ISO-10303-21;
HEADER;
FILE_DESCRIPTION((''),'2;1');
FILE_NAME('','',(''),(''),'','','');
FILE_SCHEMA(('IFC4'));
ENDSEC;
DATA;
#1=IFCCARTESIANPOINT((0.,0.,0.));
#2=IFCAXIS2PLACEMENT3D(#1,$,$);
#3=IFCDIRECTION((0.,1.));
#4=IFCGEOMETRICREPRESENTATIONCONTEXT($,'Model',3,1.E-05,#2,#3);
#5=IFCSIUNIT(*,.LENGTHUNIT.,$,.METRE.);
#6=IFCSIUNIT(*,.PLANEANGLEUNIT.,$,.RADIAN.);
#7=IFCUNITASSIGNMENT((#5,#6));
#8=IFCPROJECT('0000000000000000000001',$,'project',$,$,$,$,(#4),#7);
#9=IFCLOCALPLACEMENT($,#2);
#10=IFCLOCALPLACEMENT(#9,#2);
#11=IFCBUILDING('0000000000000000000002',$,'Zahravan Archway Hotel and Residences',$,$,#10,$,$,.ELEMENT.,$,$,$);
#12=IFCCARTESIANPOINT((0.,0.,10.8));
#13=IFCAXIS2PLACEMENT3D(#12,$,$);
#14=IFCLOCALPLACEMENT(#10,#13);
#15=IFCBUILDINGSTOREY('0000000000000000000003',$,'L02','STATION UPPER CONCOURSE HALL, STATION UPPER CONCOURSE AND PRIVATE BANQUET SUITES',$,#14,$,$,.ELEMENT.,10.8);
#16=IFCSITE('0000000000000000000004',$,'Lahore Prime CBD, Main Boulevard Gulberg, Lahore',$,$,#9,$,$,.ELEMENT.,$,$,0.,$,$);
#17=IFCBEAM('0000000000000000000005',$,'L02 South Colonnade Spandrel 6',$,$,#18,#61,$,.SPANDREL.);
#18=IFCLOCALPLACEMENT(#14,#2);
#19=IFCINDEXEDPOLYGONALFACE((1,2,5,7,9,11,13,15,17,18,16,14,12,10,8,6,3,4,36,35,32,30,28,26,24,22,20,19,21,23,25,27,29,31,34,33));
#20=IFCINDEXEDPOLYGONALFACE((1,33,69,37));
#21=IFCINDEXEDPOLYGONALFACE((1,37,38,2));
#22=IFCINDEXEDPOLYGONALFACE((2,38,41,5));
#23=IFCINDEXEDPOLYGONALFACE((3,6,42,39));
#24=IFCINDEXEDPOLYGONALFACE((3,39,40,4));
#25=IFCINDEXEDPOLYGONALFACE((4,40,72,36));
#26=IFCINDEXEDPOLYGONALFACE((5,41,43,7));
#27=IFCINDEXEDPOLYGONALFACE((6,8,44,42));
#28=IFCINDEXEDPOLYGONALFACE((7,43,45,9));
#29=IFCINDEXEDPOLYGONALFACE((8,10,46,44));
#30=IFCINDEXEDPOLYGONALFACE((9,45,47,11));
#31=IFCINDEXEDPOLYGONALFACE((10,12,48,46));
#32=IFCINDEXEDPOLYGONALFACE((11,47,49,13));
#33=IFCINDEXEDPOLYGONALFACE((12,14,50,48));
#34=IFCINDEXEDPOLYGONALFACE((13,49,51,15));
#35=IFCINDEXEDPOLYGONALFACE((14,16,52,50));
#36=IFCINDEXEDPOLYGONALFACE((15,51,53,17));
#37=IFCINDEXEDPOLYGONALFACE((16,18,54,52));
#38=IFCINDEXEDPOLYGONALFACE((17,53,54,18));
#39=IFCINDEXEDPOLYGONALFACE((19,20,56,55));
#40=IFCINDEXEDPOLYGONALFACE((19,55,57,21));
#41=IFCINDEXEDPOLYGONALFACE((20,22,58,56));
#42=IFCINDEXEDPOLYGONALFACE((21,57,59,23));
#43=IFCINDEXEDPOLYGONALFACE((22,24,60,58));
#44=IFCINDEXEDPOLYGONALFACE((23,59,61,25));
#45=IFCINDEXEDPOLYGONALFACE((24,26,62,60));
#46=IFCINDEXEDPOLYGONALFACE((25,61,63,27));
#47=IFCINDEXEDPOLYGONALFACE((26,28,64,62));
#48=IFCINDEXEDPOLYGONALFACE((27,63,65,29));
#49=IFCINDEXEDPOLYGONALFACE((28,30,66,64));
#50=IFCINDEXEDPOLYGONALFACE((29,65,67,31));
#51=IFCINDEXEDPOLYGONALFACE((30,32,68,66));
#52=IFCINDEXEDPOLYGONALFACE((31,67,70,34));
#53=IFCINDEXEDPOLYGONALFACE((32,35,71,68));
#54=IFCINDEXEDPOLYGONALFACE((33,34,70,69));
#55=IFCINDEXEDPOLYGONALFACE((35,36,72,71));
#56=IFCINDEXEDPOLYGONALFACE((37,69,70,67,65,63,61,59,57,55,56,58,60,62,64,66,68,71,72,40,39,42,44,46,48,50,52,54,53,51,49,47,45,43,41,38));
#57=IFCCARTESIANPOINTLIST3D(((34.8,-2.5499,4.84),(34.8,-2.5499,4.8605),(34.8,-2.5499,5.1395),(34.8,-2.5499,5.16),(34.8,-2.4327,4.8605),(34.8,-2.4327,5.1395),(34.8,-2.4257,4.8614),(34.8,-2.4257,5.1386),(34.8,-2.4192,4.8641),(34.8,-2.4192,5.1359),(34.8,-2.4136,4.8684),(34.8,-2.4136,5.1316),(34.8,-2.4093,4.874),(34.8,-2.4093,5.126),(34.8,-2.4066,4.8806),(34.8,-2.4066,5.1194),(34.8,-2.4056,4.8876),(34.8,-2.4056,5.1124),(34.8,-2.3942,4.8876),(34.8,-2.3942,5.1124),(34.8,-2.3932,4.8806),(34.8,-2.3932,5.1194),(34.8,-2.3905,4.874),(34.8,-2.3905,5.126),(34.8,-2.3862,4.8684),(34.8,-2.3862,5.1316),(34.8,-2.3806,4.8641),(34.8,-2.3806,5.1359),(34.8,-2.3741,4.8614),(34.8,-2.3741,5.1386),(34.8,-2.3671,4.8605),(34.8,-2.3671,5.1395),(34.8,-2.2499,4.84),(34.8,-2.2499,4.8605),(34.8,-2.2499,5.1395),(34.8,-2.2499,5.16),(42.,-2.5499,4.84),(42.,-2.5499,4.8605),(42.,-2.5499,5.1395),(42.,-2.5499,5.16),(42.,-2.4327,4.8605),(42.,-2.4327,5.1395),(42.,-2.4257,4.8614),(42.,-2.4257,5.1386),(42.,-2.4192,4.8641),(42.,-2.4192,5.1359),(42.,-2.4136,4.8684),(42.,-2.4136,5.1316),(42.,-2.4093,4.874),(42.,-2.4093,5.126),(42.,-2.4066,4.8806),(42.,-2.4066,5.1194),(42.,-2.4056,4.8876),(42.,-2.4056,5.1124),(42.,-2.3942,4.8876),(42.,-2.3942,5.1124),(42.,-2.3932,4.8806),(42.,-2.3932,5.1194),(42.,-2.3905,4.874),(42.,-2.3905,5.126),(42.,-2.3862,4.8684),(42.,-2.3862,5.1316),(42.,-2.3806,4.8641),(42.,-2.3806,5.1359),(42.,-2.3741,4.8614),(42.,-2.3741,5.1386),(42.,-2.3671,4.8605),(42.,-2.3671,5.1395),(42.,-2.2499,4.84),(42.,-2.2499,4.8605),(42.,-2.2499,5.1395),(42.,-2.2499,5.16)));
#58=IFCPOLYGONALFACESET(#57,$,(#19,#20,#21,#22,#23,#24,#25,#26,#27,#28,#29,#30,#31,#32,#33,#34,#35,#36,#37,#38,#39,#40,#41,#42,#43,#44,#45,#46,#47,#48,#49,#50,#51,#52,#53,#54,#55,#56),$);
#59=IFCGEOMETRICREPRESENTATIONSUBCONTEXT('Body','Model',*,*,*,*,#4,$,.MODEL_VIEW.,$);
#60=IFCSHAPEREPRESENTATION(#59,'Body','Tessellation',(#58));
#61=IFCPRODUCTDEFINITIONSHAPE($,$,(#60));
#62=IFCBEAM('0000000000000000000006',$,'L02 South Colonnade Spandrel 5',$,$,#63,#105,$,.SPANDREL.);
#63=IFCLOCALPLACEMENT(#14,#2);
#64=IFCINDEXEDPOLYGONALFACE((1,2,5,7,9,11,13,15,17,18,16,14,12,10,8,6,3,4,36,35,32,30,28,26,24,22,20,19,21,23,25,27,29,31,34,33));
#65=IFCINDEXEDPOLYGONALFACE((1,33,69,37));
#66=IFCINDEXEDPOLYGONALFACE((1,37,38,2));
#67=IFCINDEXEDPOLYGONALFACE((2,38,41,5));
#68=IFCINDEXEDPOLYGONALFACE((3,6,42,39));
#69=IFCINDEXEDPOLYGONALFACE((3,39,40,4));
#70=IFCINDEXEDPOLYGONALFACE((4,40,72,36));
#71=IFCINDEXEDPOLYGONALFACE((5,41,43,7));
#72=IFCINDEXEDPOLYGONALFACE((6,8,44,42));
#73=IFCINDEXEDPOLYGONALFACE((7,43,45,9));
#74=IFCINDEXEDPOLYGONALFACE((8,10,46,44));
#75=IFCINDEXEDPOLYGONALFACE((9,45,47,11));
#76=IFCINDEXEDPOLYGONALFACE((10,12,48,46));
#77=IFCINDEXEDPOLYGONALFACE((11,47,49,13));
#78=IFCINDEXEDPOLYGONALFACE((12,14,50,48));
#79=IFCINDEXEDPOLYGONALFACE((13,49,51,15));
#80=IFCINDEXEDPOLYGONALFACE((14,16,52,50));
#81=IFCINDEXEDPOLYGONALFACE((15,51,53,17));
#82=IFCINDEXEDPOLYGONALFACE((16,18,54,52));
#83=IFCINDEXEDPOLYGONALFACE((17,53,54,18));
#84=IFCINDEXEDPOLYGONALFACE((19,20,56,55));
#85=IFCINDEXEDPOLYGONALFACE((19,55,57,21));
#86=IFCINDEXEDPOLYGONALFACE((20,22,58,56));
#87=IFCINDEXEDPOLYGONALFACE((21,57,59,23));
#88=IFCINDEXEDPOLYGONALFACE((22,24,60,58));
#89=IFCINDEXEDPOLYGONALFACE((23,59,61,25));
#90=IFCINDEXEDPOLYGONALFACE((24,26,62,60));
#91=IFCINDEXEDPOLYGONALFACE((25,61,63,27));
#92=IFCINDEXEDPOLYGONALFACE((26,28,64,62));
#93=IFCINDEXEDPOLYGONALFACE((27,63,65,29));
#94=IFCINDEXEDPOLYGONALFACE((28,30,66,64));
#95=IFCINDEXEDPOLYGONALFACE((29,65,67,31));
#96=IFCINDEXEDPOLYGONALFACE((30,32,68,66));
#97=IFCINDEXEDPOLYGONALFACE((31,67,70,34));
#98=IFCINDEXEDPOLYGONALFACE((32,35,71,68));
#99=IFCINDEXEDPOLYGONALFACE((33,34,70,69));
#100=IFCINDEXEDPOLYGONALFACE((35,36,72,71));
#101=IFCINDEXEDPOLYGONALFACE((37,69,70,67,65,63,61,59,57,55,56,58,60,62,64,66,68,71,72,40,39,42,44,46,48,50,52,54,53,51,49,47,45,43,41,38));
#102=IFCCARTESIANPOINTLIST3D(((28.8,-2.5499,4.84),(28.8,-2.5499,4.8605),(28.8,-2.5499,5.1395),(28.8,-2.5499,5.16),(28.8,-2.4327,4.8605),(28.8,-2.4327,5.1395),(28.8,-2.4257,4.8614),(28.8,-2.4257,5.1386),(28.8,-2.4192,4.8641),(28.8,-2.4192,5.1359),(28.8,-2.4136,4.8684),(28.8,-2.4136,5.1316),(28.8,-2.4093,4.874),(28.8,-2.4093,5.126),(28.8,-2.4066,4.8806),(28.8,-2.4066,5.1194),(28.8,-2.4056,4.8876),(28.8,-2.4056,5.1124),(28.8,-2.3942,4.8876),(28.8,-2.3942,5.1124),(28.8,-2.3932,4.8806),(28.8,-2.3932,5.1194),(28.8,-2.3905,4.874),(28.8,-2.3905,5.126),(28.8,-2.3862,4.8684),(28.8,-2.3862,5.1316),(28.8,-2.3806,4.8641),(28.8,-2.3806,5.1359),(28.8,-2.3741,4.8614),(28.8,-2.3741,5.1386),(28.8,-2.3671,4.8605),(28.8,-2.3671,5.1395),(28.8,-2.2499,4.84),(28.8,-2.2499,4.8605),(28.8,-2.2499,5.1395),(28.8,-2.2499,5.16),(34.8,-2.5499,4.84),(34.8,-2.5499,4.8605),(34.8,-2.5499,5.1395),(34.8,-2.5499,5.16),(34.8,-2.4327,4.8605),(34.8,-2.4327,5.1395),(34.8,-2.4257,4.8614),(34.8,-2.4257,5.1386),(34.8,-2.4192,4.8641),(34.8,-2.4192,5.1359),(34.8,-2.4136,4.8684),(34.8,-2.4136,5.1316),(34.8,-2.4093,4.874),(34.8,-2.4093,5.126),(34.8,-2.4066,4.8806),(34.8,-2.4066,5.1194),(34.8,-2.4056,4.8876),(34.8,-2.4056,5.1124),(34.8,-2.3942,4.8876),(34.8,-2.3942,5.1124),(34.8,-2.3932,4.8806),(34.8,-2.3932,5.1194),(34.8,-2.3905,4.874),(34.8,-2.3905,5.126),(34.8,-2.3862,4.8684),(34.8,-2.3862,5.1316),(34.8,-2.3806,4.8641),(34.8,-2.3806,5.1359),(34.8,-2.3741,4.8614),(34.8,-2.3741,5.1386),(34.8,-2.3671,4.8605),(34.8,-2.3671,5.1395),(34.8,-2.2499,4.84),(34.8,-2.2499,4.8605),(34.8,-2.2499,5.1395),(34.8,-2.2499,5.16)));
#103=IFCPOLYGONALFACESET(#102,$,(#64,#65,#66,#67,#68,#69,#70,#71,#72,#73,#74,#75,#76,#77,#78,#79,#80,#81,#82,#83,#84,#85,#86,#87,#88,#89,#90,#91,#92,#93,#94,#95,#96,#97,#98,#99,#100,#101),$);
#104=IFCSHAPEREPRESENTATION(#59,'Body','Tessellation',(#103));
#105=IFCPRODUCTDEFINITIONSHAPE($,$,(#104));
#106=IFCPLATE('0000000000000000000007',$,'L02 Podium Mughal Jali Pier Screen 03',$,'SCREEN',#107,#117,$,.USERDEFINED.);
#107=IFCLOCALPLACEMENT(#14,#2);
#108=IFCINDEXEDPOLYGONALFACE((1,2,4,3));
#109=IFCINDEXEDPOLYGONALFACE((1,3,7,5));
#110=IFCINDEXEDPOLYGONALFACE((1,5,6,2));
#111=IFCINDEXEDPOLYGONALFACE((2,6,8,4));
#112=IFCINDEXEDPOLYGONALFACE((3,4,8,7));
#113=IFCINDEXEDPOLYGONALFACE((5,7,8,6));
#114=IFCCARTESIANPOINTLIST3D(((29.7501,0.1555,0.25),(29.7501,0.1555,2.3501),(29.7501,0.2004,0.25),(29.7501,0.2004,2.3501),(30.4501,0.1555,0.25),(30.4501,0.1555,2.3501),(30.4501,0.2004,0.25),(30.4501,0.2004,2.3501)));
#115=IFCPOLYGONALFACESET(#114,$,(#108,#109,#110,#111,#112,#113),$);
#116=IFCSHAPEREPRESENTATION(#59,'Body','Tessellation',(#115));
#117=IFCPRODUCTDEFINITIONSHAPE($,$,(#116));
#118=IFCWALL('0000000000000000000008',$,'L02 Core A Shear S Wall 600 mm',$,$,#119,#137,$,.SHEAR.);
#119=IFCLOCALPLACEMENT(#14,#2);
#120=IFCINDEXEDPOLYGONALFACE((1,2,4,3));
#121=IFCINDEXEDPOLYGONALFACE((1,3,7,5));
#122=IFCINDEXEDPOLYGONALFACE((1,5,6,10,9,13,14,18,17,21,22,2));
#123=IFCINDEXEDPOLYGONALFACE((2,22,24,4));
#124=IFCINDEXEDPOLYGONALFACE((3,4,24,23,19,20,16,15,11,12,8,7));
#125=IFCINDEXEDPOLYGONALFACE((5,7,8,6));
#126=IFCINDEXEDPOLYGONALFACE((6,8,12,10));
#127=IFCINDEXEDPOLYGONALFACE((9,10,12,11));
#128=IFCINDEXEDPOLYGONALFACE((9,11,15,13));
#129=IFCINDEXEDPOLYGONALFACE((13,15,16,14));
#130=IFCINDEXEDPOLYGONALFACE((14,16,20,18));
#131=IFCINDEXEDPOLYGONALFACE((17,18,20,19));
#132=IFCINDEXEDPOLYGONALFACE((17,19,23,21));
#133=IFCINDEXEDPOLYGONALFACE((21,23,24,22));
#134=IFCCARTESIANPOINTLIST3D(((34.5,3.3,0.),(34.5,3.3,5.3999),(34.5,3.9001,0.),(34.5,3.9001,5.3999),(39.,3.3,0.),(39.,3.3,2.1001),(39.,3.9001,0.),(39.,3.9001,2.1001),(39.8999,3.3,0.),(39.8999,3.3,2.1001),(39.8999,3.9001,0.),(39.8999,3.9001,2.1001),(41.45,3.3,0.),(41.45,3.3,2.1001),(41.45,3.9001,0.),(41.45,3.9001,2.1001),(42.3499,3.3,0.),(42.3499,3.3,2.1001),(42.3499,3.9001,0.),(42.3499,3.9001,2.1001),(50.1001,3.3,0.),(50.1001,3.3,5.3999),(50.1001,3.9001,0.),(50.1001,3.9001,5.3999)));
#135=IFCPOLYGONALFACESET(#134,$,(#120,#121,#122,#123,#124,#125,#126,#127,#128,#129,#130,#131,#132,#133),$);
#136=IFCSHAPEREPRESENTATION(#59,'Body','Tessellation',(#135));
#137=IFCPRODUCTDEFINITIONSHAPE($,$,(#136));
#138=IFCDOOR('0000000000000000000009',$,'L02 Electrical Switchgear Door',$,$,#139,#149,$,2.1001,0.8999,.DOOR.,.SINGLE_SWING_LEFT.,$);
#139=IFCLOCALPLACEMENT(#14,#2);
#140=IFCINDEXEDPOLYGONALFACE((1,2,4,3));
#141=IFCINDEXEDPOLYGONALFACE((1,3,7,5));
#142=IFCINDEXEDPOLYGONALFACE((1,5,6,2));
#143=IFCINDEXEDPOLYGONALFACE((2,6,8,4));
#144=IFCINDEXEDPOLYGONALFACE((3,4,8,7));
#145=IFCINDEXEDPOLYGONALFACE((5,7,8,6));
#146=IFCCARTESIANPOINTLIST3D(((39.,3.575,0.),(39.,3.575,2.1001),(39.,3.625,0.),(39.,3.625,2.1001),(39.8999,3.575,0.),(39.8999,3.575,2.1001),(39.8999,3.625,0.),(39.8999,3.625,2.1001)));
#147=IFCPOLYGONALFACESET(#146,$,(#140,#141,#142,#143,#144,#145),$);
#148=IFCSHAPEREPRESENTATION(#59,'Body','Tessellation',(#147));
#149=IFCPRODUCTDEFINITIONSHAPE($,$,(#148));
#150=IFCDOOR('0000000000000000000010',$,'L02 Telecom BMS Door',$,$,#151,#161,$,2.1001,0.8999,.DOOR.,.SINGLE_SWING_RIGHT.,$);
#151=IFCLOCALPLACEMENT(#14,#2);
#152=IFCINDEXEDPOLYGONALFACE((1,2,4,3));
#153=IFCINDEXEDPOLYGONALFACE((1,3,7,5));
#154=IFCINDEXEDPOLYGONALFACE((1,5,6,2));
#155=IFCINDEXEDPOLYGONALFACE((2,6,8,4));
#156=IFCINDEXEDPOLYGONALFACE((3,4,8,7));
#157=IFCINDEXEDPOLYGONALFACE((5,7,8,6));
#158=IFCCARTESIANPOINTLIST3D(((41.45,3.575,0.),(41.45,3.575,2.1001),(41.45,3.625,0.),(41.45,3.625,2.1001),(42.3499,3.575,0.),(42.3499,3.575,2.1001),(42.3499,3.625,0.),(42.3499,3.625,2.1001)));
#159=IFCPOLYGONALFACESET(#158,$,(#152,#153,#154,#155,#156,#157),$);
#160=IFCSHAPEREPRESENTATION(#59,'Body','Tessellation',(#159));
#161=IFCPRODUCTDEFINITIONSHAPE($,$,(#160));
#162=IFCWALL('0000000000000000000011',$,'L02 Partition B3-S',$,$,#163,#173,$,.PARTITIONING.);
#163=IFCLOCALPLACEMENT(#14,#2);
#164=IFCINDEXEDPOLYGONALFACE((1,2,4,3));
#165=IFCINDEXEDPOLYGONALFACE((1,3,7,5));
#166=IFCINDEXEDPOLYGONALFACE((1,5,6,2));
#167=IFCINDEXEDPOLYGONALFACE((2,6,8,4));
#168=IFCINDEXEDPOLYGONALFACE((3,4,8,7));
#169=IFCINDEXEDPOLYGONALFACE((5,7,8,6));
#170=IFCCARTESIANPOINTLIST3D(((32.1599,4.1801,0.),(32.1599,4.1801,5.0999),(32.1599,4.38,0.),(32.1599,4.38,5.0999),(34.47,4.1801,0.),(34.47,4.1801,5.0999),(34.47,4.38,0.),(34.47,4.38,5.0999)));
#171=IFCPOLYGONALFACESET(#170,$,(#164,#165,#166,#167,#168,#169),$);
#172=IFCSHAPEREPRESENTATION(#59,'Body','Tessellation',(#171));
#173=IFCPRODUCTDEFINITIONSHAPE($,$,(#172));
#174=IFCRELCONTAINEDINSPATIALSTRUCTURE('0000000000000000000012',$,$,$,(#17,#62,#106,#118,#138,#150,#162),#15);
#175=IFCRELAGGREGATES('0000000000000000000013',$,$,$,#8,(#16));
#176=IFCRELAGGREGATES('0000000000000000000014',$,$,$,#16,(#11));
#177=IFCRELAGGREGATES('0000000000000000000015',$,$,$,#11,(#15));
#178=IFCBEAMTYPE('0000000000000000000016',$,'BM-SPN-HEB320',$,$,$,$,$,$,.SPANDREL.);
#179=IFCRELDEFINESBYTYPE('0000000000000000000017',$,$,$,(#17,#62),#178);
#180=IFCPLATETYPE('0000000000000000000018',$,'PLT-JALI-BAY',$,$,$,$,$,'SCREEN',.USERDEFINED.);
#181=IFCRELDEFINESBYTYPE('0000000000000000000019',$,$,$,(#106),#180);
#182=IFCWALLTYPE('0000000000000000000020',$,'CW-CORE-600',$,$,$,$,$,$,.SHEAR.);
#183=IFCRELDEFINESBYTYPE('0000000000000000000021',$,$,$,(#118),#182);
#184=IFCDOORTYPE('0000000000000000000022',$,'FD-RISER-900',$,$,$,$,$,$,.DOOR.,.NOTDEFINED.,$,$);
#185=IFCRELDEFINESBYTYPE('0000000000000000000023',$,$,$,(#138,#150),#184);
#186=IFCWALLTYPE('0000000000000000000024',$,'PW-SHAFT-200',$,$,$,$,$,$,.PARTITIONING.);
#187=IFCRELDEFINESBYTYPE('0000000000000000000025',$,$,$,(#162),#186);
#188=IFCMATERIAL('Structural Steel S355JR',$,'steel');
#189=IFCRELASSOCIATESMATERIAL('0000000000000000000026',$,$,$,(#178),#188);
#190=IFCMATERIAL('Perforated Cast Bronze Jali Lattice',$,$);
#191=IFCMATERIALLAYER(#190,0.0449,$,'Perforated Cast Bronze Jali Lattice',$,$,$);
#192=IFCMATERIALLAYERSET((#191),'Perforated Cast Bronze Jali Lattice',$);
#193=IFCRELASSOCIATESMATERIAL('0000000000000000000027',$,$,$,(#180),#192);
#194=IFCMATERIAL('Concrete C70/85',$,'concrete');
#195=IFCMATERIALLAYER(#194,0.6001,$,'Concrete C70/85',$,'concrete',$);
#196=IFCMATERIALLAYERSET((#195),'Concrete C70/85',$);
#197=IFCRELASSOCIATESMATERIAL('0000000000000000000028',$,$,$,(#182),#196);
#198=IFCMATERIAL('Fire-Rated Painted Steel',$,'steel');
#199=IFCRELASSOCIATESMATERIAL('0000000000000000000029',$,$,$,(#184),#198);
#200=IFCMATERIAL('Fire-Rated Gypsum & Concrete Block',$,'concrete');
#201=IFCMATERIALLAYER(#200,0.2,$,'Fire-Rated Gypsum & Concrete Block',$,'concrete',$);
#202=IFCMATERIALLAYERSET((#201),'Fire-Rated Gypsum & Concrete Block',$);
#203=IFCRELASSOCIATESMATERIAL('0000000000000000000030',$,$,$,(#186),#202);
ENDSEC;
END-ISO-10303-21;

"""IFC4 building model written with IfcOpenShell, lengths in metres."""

from ifc_helpers import new_model, si_unit, direction, frame, frame_2d, origin, origin_2d, place, context, subcontext, project, spatial, rectangle, i_section, extrude, source, transform, mapped, material, layer, layer_set, material_profile, profile_set, type_object, type_shapes, element, fill, save


model = new_model("IFC4")

# Units and contexts
model_context = context("Model", 3, precision=1e-05, world=origin(), true_north=direction((0.0, 1.0)))
body_context = subcontext(model_context, "Body", "Model", "MODEL_VIEW")
ifc_project = project(units=[si_unit("LENGTHUNIT", "METRE"), si_unit("PLANEANGLEUNIT", "RADIAN")], contexts=[model_context])

# Site, building, storey
site_placement = place(None, origin())
site = spatial("IfcSite", under=ifc_project, at=site_placement, Name="Lahore Prime CBD, Main Boulevard Gulberg, Lahore", CompositionType="ELEMENT", RefElevation=0.0)
building_placement = place(site_placement, origin())
building = spatial("IfcBuilding", under=site, at=building_placement, Name="Zahravan Archway Hotel and Residences", CompositionType="ELEMENT")
storey_placement = place(building_placement, frame((0.0, 0.0, 10.8)))
storey = spatial("IfcBuildingStorey", under=building, at=storey_placement, Name="L02", Description="STATION UPPER CONCOURSE HALL, STATION UPPER CONCOURSE AND PRIVATE BANQUET SUITES", CompositionType="ELEMENT", Elevation=10.8)

# Beams
ifc_material_1 = material(Name="Structural Steel S355JR", Category="steel")
ifc_material_profile_1 = material_profile(ifc_material_1, i_section(OverallWidth=0.3, OverallDepth=0.3201, WebThickness=0.0115, FlangeThickness=0.0205, FilletRadius=0.0271, at=origin_2d()), Name="HEB 320", Category="steel")
ifc_profile_set_1 = profile_set([ifc_material_profile_1], Name="Structural Steel S355JR")
beam_type_1 = type_object("IfcBeamType", Name="BM-SPN-HEB320", PredefinedType="SPANDREL", material=ifc_profile_set_1)
shared_shape_1 = source(origin(), body_context, "Body", "SweptSolid", [
    extrude(i_section(OverallWidth=0.3, OverallDepth=0.3201, WebThickness=0.0115, FlangeThickness=0.0205, FilletRadius=0.0271, at=origin_2d()), origin(), (0.0, 0.0, 1.0), 7.2),
])
type_shapes(beam_type_1, [shared_shape_1])
beam_1_placement = place(storey_placement, frame((34.8, -2.3999, 5.0), z_axis=(1.0, 0.0, 0.0), x_axis=(0.0, 1.0, 0.0)))
element("IfcBeam", 1, at=beam_1_placement, inside=storey, type_object=beam_type_1, Name="L02 South Colonnade Spandrel 6", PredefinedType="SPANDREL", context=body_context, shape_type="MappedRepresentation", body=[
    mapped(shared_shape_1, transform((0.0, 0.0, 0.0), scale=1.0)),
])
shared_shape_2 = source(origin(), body_context, "Body", "SweptSolid", [
    extrude(i_section(OverallWidth=0.3, OverallDepth=0.3201, WebThickness=0.0115, FlangeThickness=0.0205, FilletRadius=0.0271, at=origin_2d()), origin(), (0.0, 0.0, 1.0), 6.0),
])
beam_2_placement = place(storey_placement, frame((28.8, -2.3999, 5.0), z_axis=(1.0, 0.0, 0.0), x_axis=(0.0, 1.0, 0.0)))
element("IfcBeam", 2, at=beam_2_placement, inside=storey, type_object=beam_type_1, Name="L02 South Colonnade Spandrel 5", PredefinedType="SPANDREL", context=body_context, shape_type="MappedRepresentation", body=[
    mapped(shared_shape_2, transform((0.0, 0.0, 0.0), scale=1.0)),
])

# Plate
ifc_material_2 = material(Name="Perforated Cast Bronze Jali Lattice")
ifc_layer_1 = layer(ifc_material_2, 0.0449, Name="Perforated Cast Bronze Jali Lattice")
ifc_layer_set_1 = layer_set([ifc_layer_1], Name="Perforated Cast Bronze Jali Lattice")
plate_type = type_object("IfcPlateType", Name="PLT-JALI-BAY", ElementType="SCREEN", PredefinedType="USERDEFINED", material=ifc_layer_set_1)
shared_shape_3 = source(origin(), body_context, "Body", "SweptSolid", [
    extrude(rectangle(XDim=0.7, YDim=0.0449, at=origin_2d()), origin(), (0.0, 0.0, 1.0), 2.1001),
])
type_shapes(plate_type, [shared_shape_3])
plate_placement = place(storey_placement, frame((30.1001, 0.178, 0.25), z_axis=(0.0, 0.0, 1.0), x_axis=(1.0, 0.0, 0.0)))
element("IfcPlate", 3, at=plate_placement, inside=storey, type_object=plate_type, Name="L02 Podium Mughal Jali Pier Screen 03", ObjectType="SCREEN", PredefinedType="USERDEFINED", context=body_context, shape_type="MappedRepresentation", body=[
    mapped(shared_shape_3, transform((0.0, 0.0, 0.0), scale=1.0)),
])

# Wall, openings, doors
ifc_material_3 = material(Name="Concrete C70/85", Category="concrete")
ifc_layer_2 = layer(ifc_material_3, 0.6001, Name="Concrete C70/85", Category="concrete")
ifc_layer_set_2 = layer_set([ifc_layer_2], Name="Concrete C70/85")
wall_type_1 = type_object("IfcWallType", Name="CW-CORE-600", PredefinedType="SHEAR", material=ifc_layer_set_2)
wall_1_placement = place(storey_placement, frame((34.5, 3.6001, 0.0), z_axis=(0.0, 0.0, 1.0), x_axis=(1.0, 0.0, 0.0)))
wall_1 = element("IfcWall", 4, at=wall_1_placement, inside=storey, type_object=wall_type_1, Name="L02 Core A Shear S Wall 600 mm", PredefinedType="SHEAR", context=body_context, shape_type="SweptSolid", body=[
    extrude(rectangle(XDim=15.6001, YDim=0.6001, at=frame_2d((7.8, 0.0))), origin(), (0.0, 0.0, 1.0), 5.3999),
])
opening_1_placement = place(wall_1_placement, frame((4.5, 0.0, 0.0)))
opening_1 = element("IfcOpeningElement", 5, at=opening_1_placement, cuts=wall_1, PredefinedType="OPENING", context=body_context, shape_type="SweptSolid", body=[
    extrude(rectangle(XDim=0.8999, YDim=2.1001, at=frame_2d((0.45, 1.05))), frame((0.0, 0.3101, 0.0), z_axis=(0.0, -1.0, 0.0), x_axis=(1.0, 0.0, 0.0)), (0.0, 0.0, 1.0), 0.6201),
])
opening_2_placement = place(wall_1_placement, frame((6.95, 0.0, 0.0)))
opening_2 = element("IfcOpeningElement", 6, at=opening_2_placement, cuts=wall_1, PredefinedType="OPENING", context=body_context, shape_type="SweptSolid", body=[
    extrude(rectangle(XDim=0.8999, YDim=2.1001, at=frame_2d((0.45, 1.05))), frame((0.0, 0.3101, 0.0), z_axis=(0.0, -1.0, 0.0), x_axis=(1.0, 0.0, 0.0)), (0.0, 0.0, 1.0), 0.6201),
])
ifc_material_4 = material(Name="Fire-Rated Painted Steel", Category="steel")
door_type_1 = type_object("IfcDoorType", Name="FD-RISER-900", OperationType="NOTDEFINED", PredefinedType="DOOR", material=ifc_material_4)
shared_shape_4 = source(origin(), body_context, "Body", "SweptSolid", [
    extrude(rectangle(XDim=0.8999, YDim=2.1001, at=frame_2d((0.45, 1.05))), frame((0.0, 0.0249, 0.0), z_axis=(0.0, -1.0, 0.0), x_axis=(1.0, 0.0, 0.0)), (0.0, 0.0, 1.0), 0.05),
])
type_shapes(door_type_1, [shared_shape_4])
door_1_placement = place(opening_1_placement, origin())
door_1 = element("IfcDoor", 7, at=door_1_placement, inside=storey, type_object=door_type_1, Name="L02 Electrical Switchgear Door", OperationType="SINGLE_SWING_LEFT", OverallHeight=2.1001, OverallWidth=0.8999, PredefinedType="DOOR", context=body_context, shape_type="MappedRepresentation", body=[
    mapped(shared_shape_4, transform((0.0, 0.0, 0.0), scale=1.0)),
])
fill(opening_1, door_1)
door_2_placement = place(opening_2_placement, origin())
door_2 = element("IfcDoor", 8, at=door_2_placement, inside=storey, type_object=door_type_1, Name="L02 Telecom BMS Door", OperationType="SINGLE_SWING_RIGHT", OverallHeight=2.1001, OverallWidth=0.8999, PredefinedType="DOOR", context=body_context, shape_type="MappedRepresentation", body=[
    mapped(shared_shape_4, transform((0.0, 0.0, 0.0), scale=1.0)),
])
fill(opening_2, door_2)

# Wall
ifc_material_5 = material(Name="Fire-Rated Gypsum & Concrete Block", Category="concrete")
ifc_layer_3 = layer(ifc_material_5, 0.2, Name="Fire-Rated Gypsum & Concrete Block", Category="concrete")
ifc_layer_set_3 = layer_set([ifc_layer_3], Name="Fire-Rated Gypsum & Concrete Block")
wall_type_2 = type_object("IfcWallType", Name="PW-SHAFT-200", PredefinedType="PARTITIONING", material=ifc_layer_set_3)
wall_2_placement = place(storey_placement, frame((32.1599, 4.28, 0.0), z_axis=(0.0, 0.0, 1.0), x_axis=(1.0, 0.0, 0.0)))
element("IfcWall", 9, at=wall_2_placement, inside=storey, type_object=wall_type_2, Name="L02 Partition B3-S", PredefinedType="PARTITIONING", context=body_context, shape_type="SweptSolid", body=[
    extrude(rectangle(XDim=2.3101, YDim=0.2, at=frame_2d((1.155, 0.0))), origin(), (0.0, 0.0, 1.0), 5.0999),
])

save(model, "model.ifc")
